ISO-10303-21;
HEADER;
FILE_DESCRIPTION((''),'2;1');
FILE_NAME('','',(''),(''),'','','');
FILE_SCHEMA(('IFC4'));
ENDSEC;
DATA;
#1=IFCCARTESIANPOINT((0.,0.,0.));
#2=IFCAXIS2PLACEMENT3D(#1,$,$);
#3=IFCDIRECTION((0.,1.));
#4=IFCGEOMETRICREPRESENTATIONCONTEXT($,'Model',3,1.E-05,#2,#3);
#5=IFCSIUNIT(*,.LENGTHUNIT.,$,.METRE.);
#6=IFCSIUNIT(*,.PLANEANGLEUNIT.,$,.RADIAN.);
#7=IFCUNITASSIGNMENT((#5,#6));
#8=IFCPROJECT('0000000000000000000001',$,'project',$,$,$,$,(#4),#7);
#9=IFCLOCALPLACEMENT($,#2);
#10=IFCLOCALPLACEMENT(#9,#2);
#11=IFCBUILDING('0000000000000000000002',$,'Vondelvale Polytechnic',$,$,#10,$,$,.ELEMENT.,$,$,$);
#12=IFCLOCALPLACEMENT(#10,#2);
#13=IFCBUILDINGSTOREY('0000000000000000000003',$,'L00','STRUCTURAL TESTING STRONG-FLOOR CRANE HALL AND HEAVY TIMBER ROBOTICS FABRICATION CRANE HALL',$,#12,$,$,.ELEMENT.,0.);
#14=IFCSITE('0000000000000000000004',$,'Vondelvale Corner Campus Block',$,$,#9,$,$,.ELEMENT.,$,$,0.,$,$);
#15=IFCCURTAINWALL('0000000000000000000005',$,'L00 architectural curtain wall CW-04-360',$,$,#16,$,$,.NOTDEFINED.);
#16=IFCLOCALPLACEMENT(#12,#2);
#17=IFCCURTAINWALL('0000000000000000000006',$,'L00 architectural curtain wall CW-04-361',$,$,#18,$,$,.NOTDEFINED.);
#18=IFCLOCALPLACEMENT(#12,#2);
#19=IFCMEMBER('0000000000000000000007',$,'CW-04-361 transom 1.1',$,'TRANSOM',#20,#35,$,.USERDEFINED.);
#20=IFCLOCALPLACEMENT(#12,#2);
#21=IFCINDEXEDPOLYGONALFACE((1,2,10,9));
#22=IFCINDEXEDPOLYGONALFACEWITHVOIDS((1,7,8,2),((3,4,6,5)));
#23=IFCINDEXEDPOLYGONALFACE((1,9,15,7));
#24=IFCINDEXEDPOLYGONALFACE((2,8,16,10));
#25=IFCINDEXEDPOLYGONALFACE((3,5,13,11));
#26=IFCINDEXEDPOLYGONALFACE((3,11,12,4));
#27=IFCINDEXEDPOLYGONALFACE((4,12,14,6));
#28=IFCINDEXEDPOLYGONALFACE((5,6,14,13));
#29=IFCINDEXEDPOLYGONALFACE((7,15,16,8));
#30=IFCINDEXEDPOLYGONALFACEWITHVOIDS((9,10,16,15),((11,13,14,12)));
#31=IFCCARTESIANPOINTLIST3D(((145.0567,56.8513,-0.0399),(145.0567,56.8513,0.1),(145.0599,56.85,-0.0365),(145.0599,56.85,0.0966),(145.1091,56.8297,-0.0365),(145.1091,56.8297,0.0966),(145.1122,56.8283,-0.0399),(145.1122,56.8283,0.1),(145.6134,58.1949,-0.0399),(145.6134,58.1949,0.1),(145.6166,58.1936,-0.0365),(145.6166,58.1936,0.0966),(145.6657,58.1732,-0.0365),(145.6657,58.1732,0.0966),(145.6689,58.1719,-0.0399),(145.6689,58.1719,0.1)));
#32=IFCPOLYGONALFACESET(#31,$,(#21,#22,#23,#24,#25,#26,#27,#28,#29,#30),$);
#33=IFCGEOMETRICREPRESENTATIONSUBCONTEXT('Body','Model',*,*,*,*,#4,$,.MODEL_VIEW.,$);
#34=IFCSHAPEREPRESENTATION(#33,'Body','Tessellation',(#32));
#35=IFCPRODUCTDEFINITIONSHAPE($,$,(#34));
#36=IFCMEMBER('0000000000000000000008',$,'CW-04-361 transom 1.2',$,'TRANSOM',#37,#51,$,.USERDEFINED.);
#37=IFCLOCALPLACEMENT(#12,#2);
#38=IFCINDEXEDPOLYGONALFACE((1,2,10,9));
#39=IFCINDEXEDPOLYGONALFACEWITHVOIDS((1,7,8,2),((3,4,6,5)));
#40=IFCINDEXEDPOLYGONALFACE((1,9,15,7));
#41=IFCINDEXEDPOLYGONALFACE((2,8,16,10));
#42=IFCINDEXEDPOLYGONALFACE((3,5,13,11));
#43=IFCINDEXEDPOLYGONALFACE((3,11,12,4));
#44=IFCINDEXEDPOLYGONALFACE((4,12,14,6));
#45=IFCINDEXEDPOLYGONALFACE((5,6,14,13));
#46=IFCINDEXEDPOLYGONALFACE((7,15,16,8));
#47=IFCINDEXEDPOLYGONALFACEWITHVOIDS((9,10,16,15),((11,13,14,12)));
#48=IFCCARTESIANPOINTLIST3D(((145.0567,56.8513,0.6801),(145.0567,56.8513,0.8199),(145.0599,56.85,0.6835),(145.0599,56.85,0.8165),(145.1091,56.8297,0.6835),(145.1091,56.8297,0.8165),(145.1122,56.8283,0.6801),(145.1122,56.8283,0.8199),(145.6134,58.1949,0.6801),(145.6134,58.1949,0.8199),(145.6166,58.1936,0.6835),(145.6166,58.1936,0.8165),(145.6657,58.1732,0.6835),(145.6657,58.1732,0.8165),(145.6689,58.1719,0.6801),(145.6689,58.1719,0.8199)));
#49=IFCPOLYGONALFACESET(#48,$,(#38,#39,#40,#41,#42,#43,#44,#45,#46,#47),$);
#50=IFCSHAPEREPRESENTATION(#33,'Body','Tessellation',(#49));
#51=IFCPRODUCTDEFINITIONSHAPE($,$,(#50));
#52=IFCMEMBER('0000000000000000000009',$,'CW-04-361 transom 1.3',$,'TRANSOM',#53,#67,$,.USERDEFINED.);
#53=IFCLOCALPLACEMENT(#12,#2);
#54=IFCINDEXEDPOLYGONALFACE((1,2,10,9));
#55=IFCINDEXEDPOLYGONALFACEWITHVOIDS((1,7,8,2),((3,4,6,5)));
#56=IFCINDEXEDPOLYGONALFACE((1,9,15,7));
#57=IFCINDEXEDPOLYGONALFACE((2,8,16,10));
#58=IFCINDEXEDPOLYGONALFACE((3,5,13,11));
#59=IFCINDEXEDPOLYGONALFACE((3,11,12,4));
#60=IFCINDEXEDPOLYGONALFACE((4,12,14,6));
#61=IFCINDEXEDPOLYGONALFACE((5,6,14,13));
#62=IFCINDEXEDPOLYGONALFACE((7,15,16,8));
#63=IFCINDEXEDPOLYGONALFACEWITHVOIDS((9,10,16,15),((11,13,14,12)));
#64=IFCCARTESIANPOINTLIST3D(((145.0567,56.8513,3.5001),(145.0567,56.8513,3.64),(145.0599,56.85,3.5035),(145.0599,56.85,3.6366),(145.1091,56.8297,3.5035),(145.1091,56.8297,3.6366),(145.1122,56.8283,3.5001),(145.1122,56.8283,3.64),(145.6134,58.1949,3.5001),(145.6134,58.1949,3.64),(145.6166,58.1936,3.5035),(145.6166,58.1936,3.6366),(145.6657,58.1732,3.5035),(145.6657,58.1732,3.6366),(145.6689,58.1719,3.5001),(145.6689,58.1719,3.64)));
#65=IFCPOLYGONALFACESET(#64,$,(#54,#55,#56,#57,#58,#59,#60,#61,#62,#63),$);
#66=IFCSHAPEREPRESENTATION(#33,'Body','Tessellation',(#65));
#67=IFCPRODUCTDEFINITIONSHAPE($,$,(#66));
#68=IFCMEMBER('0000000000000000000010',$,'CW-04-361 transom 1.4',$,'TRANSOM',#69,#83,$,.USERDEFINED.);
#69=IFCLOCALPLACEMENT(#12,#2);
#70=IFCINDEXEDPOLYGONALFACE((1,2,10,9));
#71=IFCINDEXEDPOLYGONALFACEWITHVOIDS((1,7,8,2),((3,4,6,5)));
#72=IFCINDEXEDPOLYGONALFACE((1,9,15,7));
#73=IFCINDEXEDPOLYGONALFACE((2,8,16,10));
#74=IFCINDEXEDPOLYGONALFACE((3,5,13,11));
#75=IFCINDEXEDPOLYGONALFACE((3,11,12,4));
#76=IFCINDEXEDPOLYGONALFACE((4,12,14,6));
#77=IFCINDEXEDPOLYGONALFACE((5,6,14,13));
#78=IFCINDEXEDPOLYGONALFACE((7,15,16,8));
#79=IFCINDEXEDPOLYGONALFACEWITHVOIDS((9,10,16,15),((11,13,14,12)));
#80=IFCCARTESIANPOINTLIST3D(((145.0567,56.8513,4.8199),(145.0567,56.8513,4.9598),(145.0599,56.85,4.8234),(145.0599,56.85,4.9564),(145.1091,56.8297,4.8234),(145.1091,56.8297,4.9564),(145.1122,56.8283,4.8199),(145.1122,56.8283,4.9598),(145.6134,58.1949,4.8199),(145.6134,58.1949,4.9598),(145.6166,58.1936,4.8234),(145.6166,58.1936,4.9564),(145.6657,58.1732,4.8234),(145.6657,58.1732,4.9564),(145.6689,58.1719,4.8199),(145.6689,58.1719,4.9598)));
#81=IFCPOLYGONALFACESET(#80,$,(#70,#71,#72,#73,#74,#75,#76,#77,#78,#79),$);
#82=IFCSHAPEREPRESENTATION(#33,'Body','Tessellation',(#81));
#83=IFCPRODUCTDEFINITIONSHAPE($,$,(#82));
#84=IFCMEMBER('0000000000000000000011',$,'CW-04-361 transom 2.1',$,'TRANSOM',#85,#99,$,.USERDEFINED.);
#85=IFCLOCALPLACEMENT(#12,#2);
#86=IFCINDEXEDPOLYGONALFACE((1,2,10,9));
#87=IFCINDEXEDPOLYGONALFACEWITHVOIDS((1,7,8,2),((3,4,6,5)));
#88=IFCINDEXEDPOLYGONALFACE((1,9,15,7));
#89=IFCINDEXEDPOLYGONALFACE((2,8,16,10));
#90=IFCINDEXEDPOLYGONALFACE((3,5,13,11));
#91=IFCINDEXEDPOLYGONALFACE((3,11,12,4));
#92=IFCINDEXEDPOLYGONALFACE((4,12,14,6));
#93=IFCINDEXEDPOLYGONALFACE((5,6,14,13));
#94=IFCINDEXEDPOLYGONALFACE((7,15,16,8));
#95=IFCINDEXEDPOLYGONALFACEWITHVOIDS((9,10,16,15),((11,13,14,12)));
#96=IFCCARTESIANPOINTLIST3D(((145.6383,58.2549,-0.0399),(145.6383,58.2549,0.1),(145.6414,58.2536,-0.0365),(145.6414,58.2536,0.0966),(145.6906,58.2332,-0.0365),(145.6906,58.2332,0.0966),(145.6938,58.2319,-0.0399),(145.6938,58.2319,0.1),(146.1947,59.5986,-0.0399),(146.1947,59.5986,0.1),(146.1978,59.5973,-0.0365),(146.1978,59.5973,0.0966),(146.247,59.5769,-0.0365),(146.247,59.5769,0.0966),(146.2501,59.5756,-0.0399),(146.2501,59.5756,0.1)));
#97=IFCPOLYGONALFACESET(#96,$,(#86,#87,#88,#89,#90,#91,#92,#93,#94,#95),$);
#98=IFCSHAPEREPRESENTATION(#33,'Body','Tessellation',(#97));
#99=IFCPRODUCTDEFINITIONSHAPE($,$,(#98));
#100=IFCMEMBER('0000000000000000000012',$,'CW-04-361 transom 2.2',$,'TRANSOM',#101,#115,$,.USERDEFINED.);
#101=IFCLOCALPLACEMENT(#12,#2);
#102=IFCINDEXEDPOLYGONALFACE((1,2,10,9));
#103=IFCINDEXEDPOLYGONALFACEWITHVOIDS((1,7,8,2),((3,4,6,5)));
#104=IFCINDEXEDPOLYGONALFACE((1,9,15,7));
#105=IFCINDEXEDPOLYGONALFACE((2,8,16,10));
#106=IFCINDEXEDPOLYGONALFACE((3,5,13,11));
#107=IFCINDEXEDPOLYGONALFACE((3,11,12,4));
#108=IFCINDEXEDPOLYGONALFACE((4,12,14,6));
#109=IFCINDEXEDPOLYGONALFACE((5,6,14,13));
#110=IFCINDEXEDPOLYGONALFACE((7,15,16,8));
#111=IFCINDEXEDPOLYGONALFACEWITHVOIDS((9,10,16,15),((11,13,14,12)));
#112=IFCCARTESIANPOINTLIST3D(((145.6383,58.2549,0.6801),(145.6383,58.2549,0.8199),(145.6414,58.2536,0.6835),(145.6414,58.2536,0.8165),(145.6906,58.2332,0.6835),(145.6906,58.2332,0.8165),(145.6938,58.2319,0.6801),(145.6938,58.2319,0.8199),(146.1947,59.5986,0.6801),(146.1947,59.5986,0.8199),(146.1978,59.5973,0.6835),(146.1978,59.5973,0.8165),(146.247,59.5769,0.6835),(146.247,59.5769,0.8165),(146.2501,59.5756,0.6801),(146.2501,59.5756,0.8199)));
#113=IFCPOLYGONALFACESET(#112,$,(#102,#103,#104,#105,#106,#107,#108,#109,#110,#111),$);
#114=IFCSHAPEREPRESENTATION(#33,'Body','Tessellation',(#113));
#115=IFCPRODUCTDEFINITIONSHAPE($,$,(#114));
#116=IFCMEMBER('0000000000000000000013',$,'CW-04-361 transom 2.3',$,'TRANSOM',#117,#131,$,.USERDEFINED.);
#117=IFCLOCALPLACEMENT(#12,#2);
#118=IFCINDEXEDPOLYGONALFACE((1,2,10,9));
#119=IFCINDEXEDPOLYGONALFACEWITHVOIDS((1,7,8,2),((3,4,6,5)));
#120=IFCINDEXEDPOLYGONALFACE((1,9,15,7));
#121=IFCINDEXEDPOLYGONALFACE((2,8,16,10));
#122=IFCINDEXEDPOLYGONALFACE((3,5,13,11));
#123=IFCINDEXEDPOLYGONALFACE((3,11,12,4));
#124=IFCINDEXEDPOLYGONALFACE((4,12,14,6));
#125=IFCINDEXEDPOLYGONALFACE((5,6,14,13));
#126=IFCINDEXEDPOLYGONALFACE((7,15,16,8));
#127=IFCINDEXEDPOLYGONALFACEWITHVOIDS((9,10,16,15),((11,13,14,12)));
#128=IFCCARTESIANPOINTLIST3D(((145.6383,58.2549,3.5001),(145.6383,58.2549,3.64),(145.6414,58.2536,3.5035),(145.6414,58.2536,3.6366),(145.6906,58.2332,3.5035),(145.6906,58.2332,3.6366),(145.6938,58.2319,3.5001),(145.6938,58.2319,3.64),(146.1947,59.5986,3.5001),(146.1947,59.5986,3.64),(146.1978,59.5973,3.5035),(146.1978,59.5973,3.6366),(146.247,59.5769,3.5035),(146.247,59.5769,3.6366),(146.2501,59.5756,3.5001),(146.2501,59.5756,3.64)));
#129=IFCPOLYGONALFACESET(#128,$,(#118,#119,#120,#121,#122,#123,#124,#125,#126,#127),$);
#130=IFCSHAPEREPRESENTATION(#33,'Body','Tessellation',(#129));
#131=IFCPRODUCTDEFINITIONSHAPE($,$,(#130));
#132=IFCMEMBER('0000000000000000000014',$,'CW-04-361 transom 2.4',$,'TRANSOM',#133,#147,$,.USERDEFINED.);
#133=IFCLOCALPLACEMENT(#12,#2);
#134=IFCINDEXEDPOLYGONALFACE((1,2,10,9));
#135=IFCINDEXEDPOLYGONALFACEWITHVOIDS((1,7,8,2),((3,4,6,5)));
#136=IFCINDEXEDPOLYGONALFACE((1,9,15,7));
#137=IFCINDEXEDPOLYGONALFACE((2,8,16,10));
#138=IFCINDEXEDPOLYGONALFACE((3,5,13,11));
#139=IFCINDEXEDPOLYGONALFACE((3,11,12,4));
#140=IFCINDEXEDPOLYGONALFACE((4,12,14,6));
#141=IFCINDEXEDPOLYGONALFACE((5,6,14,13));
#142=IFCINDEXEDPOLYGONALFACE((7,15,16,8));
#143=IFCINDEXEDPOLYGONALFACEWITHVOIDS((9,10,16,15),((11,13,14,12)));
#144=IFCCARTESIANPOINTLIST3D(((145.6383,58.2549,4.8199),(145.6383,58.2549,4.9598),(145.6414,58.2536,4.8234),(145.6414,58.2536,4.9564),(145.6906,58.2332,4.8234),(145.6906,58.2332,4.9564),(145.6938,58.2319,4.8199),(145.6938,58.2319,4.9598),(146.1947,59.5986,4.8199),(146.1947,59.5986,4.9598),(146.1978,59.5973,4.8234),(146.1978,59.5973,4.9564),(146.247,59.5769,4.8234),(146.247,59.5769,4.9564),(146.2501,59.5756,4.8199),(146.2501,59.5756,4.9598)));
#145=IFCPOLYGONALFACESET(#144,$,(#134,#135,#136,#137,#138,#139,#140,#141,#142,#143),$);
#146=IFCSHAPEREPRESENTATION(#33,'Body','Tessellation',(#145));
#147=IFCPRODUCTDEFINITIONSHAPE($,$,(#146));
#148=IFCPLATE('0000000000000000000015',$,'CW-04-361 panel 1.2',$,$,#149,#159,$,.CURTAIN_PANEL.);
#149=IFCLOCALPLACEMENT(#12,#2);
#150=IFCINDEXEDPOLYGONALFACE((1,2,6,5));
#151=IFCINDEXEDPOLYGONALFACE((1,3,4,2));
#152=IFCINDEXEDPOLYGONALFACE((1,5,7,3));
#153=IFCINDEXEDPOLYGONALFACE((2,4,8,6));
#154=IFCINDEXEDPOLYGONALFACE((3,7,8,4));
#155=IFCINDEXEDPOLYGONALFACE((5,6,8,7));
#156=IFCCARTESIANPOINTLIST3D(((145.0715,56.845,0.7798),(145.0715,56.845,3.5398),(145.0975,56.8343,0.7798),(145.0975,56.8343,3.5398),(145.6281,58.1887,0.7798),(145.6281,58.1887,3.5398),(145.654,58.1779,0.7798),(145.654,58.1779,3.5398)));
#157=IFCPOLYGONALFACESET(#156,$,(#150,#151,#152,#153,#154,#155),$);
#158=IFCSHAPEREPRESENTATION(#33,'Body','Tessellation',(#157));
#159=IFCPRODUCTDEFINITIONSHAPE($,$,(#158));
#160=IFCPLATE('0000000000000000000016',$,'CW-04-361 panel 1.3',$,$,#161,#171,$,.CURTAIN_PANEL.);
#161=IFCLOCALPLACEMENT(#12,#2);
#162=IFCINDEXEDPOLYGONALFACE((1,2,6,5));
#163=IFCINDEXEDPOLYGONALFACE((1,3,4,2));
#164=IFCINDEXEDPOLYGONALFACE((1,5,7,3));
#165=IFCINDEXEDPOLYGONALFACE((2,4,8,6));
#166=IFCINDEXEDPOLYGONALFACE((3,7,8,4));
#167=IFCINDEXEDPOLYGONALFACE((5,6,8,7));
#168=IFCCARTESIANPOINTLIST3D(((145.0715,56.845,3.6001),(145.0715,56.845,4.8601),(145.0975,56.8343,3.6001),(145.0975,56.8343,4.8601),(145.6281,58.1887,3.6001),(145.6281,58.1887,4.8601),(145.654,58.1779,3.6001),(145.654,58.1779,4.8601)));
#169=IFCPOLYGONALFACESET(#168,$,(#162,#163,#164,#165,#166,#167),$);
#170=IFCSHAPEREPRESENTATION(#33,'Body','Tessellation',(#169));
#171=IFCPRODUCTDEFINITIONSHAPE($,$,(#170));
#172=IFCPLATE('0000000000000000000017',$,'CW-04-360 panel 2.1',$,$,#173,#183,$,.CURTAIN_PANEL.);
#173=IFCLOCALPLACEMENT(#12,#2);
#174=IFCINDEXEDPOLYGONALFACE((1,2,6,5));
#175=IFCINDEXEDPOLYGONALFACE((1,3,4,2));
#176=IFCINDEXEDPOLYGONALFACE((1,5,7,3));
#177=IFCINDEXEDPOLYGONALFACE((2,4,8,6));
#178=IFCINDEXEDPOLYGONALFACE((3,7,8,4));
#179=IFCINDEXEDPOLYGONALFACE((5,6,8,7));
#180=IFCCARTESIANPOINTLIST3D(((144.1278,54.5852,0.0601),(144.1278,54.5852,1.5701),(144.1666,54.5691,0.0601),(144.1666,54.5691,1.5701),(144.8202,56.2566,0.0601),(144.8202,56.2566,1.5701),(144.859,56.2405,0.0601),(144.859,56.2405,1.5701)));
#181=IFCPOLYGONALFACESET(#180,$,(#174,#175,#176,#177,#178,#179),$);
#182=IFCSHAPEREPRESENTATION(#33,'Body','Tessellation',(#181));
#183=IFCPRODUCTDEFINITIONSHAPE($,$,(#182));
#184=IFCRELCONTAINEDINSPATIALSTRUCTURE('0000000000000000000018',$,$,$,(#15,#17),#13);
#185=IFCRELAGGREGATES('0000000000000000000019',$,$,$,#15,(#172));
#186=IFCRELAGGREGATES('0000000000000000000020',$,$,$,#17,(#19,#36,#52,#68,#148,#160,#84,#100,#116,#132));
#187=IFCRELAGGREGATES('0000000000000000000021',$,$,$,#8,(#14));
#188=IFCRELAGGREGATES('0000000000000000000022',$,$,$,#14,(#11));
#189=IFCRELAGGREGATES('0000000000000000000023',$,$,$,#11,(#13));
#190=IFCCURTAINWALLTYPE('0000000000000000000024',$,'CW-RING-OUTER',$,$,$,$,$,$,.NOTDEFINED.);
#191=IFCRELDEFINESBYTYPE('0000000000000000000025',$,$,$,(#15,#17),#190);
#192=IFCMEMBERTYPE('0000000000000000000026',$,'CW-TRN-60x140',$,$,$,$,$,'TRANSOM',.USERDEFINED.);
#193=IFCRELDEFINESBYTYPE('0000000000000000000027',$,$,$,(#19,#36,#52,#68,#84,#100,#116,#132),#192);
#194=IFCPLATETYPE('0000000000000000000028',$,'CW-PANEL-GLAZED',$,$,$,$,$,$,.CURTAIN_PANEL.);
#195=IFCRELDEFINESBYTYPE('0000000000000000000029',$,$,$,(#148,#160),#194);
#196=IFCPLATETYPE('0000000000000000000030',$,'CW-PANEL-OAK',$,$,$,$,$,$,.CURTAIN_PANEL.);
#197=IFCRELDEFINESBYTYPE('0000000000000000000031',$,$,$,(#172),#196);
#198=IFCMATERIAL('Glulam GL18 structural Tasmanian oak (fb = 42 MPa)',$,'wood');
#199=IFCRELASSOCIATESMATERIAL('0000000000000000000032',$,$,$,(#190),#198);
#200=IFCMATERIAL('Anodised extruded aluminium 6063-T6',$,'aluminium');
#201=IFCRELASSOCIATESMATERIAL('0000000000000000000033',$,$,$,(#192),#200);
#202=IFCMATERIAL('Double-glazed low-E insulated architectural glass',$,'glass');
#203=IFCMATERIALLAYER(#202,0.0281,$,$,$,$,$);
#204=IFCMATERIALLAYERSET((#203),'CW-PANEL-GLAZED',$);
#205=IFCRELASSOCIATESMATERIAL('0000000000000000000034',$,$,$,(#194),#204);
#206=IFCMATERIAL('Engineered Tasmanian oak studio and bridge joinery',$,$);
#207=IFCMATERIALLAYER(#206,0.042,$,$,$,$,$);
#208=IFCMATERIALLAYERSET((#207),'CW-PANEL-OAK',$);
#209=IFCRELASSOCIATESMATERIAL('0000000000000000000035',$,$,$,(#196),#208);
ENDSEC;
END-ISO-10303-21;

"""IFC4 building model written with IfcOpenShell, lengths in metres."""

from ifc_helpers import new_model, si_unit, direction, frame, origin, origin_2d, place, context, subcontext, project, spatial, rectangle, hollow_rectangle, extrude, material, layer, layer_set, material_profile, profile_set, type_object, element, aggregate, save


model = new_model("IFC4")

# Units and contexts
model_context = context("Model", 3, precision=1e-05, world=origin(), true_north=direction((0.0, 1.0)))
body_context = subcontext(model_context, "Body", "Model", "MODEL_VIEW")
ifc_project = project(units=[si_unit("LENGTHUNIT", "METRE"), si_unit("PLANEANGLEUNIT", "RADIAN")], contexts=[model_context])

# Site, building, storey
site_placement = place(None, origin())
site = spatial("IfcSite", under=ifc_project, at=site_placement, Name="Vondelvale Corner Campus Block", CompositionType="ELEMENT", RefElevation=0.0)
building_placement = place(site_placement, origin())
building = spatial("IfcBuilding", under=site, at=building_placement, Name="Vondelvale Polytechnic", CompositionType="ELEMENT")
storey_placement = place(building_placement, origin())
storey = spatial("IfcBuildingStorey", under=building, at=storey_placement, Name="L00", Description="STRUCTURAL TESTING STRONG-FLOOR CRANE HALL AND HEAVY TIMBER ROBOTICS FABRICATION CRANE HALL", CompositionType="ELEMENT", Elevation=0.0)

# Shared definitions
ifc_material_1 = material(Name="Glulam GL18 structural Tasmanian oak (fb = 42 MPa)", Category="wood")

# Curtain wall
curtain_wall_type = type_object("IfcCurtainWallType", Name="CW-RING-OUTER", PredefinedType="NOTDEFINED", material=ifc_material_1)
curtain_wall_1_placement = place(storey_placement, origin())
curtain_wall_1 = element("IfcCurtainWall", 1, at=curtain_wall_1_placement, inside=storey, type_object=curtain_wall_type, Name="L00 architectural curtain wall CW-04-360", PredefinedType="NOTDEFINED")
ifc_material_2 = material(Name="Anodised extruded aluminium 6063-T6", Category="aluminium")

# Curtain wall
curtain_wall_2_placement = place(storey_placement, origin())
curtain_wall_2 = element("IfcCurtainWall", 2, at=curtain_wall_2_placement, inside=storey, type_object=curtain_wall_type, Name="L00 architectural curtain wall CW-04-361", PredefinedType="NOTDEFINED")

# Members
ifc_material_profile_1 = material_profile(ifc_material_2, hollow_rectangle(XDim=0.0601, YDim=0.1399, WallThickness=0.0034, at=origin_2d()), Name="CW-TRN-140x60")
ifc_profile_set_1 = profile_set([ifc_material_profile_1], Name="Anodised extruded aluminium 6063-T6")
member_type_1 = type_object("IfcMemberType", Name="CW-TRN-60x140", ElementType="TRANSOM", PredefinedType="USERDEFINED", material=ifc_profile_set_1)
member_1_placement = place(storey_placement, frame((145.0845, 56.8398, 0.03), z_axis=(0.382767, 0.923845, 0.0), x_axis=(-0.923845, 0.382767, 0.0)))
member_1 = element("IfcMember", 3, at=member_1_placement, type_object=member_type_1, Name="CW-04-361 transom 1.1", ObjectType="TRANSOM", PredefinedType="USERDEFINED", context=body_context, shape_type="SweptSolid", body=[
    extrude(hollow_rectangle(XDim=0.0601, YDim=0.1399, WallThickness=0.0034, at=origin_2d()), origin(), (0.0, 0.0, 1.0), 1.4543),
])
member_2_placement = place(storey_placement, frame((145.0845, 56.8398, 0.75), z_axis=(0.382767, 0.923845, 0.0), x_axis=(-0.923845, 0.382767, 0.0)))
member_2 = element("IfcMember", 4, at=member_2_placement, type_object=member_type_1, Name="CW-04-361 transom 1.2", ObjectType="TRANSOM", PredefinedType="USERDEFINED", context=body_context, shape_type="SweptSolid", body=[
    extrude(hollow_rectangle(XDim=0.0601, YDim=0.1399, WallThickness=0.0034, at=origin_2d()), origin(), (0.0, 0.0, 1.0), 1.4543),
])
member_3_placement = place(storey_placement, frame((145.0845, 56.8398, 3.5701), z_axis=(0.382767, 0.923845, 0.0), x_axis=(-0.923845, 0.382767, 0.0)))
member_3 = element("IfcMember", 5, at=member_3_placement, type_object=member_type_1, Name="CW-04-361 transom 1.3", ObjectType="TRANSOM", PredefinedType="USERDEFINED", context=body_context, shape_type="SweptSolid", body=[
    extrude(hollow_rectangle(XDim=0.0601, YDim=0.1399, WallThickness=0.0034, at=origin_2d()), origin(), (0.0, 0.0, 1.0), 1.4543),
])
member_4_placement = place(storey_placement, frame((145.0845, 56.8398, 4.8899), z_axis=(0.382767, 0.923845, 0.0), x_axis=(-0.923845, 0.382767, 0.0)))
member_4 = element("IfcMember", 6, at=member_4_placement, type_object=member_type_1, Name="CW-04-361 transom 1.4", ObjectType="TRANSOM", PredefinedType="USERDEFINED", context=body_context, shape_type="SweptSolid", body=[
    extrude(hollow_rectangle(XDim=0.0601, YDim=0.1399, WallThickness=0.0034, at=origin_2d()), origin(), (0.0, 0.0, 1.0), 1.4543),
])
member_5_placement = place(storey_placement, frame((145.666, 58.2434, 0.03), z_axis=(0.382564, 0.923929, 0.0), x_axis=(-0.923929, 0.382564, 0.0)))
member_5 = element("IfcMember", 7, at=member_5_placement, type_object=member_type_1, Name="CW-04-361 transom 2.1", ObjectType="TRANSOM", PredefinedType="USERDEFINED", context=body_context, shape_type="SweptSolid", body=[
    extrude(hollow_rectangle(XDim=0.0601, YDim=0.1399, WallThickness=0.0034, at=origin_2d()), origin(), (0.0, 0.0, 1.0), 1.4543),
])
member_6_placement = place(storey_placement, frame((145.666, 58.2434, 0.75), z_axis=(0.382564, 0.923929, 0.0), x_axis=(-0.923929, 0.382564, 0.0)))
member_6 = element("IfcMember", 8, at=member_6_placement, type_object=member_type_1, Name="CW-04-361 transom 2.2", ObjectType="TRANSOM", PredefinedType="USERDEFINED", context=body_context, shape_type="SweptSolid", body=[
    extrude(hollow_rectangle(XDim=0.0601, YDim=0.1399, WallThickness=0.0034, at=origin_2d()), origin(), (0.0, 0.0, 1.0), 1.4543),
])
member_7_placement = place(storey_placement, frame((145.666, 58.2434, 3.5701), z_axis=(0.382564, 0.923929, 0.0), x_axis=(-0.923929, 0.382564, 0.0)))
member_7 = element("IfcMember", 9, at=member_7_placement, type_object=member_type_1, Name="CW-04-361 transom 2.3", ObjectType="TRANSOM", PredefinedType="USERDEFINED", context=body_context, shape_type="SweptSolid", body=[
    extrude(hollow_rectangle(XDim=0.0601, YDim=0.1399, WallThickness=0.0034, at=origin_2d()), origin(), (0.0, 0.0, 1.0), 1.4543),
])
member_8_placement = place(storey_placement, frame((145.666, 58.2434, 4.8899), z_axis=(0.382564, 0.923929, 0.0), x_axis=(-0.923929, 0.382564, 0.0)))
member_8 = element("IfcMember", 10, at=member_8_placement, type_object=member_type_1, Name="CW-04-361 transom 2.4", ObjectType="TRANSOM", PredefinedType="USERDEFINED", context=body_context, shape_type="SweptSolid", body=[
    extrude(hollow_rectangle(XDim=0.0601, YDim=0.1399, WallThickness=0.0034, at=origin_2d()), origin(), (0.0, 0.0, 1.0), 1.4543),
])

# Plates
ifc_material_3 = material(Name="Double-glazed low-E insulated architectural glass", Category="glass")
ifc_layer_1 = layer(ifc_material_3, 0.0281)
ifc_layer_set_1 = layer_set([ifc_layer_1], Name="CW-PANEL-GLAZED")
plate_type_1 = type_object("IfcPlateType", Name="CW-PANEL-GLAZED", PredefinedType="CURTAIN_PANEL", material=ifc_layer_set_1)
plate_1_placement = place(storey_placement, frame((145.3628, 57.5115, 0.7798), z_axis=(0.0, 0.0, 1.0), x_axis=(0.382679, 0.923881, 0.0)))
plate_1 = element("IfcPlate", 11, at=plate_1_placement, type_object=plate_type_1, Name="CW-04-361 panel 1.2", PredefinedType="CURTAIN_PANEL", context=body_context, shape_type="SweptSolid", body=[
    extrude(rectangle(XDim=1.4543, YDim=0.0281, at=origin_2d()), origin(), (0.0, 0.0, 1.0), 2.76),
])
plate_2_placement = place(storey_placement, frame((145.3628, 57.5115, 3.6001), z_axis=(0.0, 0.0, 1.0), x_axis=(0.382679, 0.923881, 0.0)))
plate_2 = element("IfcPlate", 12, at=plate_2_placement, type_object=plate_type_1, Name="CW-04-361 panel 1.3", PredefinedType="CURTAIN_PANEL", context=body_context, shape_type="SweptSolid", body=[
    extrude(rectangle(XDim=1.4543, YDim=0.0281, at=origin_2d()), origin(), (0.0, 0.0, 1.0), 1.26),
])
ifc_material_4 = material(Name="Engineered Tasmanian oak studio and bridge joinery")
ifc_layer_2 = layer(ifc_material_4, 0.042)
ifc_layer_set_2 = layer_set([ifc_layer_2], Name="CW-PANEL-OAK")
plate_type_2 = type_object("IfcPlateType", Name="CW-PANEL-OAK", PredefinedType="CURTAIN_PANEL", material=ifc_layer_set_2)
plate_3_placement = place(storey_placement, frame((144.4934, 55.4128, 0.0601), z_axis=(0.0, 0.0, 1.0), x_axis=(0.382695, 0.923875, 0.0)))
plate_3 = element("IfcPlate", 13, at=plate_3_placement, type_object=plate_type_2, Name="CW-04-360 panel 2.1", PredefinedType="CURTAIN_PANEL", context=body_context, shape_type="SweptSolid", body=[
    extrude(rectangle(XDim=1.8091, YDim=0.042, at=origin_2d()), origin(), (0.0, 0.0, 1.0), 1.51),
])
aggregate(curtain_wall_1, [plate_3])
aggregate(curtain_wall_2, [member_1, member_2, member_3, member_4, plate_1, plate_2, member_5, member_6, member_7, member_8])

save(model, "model.ifc")
